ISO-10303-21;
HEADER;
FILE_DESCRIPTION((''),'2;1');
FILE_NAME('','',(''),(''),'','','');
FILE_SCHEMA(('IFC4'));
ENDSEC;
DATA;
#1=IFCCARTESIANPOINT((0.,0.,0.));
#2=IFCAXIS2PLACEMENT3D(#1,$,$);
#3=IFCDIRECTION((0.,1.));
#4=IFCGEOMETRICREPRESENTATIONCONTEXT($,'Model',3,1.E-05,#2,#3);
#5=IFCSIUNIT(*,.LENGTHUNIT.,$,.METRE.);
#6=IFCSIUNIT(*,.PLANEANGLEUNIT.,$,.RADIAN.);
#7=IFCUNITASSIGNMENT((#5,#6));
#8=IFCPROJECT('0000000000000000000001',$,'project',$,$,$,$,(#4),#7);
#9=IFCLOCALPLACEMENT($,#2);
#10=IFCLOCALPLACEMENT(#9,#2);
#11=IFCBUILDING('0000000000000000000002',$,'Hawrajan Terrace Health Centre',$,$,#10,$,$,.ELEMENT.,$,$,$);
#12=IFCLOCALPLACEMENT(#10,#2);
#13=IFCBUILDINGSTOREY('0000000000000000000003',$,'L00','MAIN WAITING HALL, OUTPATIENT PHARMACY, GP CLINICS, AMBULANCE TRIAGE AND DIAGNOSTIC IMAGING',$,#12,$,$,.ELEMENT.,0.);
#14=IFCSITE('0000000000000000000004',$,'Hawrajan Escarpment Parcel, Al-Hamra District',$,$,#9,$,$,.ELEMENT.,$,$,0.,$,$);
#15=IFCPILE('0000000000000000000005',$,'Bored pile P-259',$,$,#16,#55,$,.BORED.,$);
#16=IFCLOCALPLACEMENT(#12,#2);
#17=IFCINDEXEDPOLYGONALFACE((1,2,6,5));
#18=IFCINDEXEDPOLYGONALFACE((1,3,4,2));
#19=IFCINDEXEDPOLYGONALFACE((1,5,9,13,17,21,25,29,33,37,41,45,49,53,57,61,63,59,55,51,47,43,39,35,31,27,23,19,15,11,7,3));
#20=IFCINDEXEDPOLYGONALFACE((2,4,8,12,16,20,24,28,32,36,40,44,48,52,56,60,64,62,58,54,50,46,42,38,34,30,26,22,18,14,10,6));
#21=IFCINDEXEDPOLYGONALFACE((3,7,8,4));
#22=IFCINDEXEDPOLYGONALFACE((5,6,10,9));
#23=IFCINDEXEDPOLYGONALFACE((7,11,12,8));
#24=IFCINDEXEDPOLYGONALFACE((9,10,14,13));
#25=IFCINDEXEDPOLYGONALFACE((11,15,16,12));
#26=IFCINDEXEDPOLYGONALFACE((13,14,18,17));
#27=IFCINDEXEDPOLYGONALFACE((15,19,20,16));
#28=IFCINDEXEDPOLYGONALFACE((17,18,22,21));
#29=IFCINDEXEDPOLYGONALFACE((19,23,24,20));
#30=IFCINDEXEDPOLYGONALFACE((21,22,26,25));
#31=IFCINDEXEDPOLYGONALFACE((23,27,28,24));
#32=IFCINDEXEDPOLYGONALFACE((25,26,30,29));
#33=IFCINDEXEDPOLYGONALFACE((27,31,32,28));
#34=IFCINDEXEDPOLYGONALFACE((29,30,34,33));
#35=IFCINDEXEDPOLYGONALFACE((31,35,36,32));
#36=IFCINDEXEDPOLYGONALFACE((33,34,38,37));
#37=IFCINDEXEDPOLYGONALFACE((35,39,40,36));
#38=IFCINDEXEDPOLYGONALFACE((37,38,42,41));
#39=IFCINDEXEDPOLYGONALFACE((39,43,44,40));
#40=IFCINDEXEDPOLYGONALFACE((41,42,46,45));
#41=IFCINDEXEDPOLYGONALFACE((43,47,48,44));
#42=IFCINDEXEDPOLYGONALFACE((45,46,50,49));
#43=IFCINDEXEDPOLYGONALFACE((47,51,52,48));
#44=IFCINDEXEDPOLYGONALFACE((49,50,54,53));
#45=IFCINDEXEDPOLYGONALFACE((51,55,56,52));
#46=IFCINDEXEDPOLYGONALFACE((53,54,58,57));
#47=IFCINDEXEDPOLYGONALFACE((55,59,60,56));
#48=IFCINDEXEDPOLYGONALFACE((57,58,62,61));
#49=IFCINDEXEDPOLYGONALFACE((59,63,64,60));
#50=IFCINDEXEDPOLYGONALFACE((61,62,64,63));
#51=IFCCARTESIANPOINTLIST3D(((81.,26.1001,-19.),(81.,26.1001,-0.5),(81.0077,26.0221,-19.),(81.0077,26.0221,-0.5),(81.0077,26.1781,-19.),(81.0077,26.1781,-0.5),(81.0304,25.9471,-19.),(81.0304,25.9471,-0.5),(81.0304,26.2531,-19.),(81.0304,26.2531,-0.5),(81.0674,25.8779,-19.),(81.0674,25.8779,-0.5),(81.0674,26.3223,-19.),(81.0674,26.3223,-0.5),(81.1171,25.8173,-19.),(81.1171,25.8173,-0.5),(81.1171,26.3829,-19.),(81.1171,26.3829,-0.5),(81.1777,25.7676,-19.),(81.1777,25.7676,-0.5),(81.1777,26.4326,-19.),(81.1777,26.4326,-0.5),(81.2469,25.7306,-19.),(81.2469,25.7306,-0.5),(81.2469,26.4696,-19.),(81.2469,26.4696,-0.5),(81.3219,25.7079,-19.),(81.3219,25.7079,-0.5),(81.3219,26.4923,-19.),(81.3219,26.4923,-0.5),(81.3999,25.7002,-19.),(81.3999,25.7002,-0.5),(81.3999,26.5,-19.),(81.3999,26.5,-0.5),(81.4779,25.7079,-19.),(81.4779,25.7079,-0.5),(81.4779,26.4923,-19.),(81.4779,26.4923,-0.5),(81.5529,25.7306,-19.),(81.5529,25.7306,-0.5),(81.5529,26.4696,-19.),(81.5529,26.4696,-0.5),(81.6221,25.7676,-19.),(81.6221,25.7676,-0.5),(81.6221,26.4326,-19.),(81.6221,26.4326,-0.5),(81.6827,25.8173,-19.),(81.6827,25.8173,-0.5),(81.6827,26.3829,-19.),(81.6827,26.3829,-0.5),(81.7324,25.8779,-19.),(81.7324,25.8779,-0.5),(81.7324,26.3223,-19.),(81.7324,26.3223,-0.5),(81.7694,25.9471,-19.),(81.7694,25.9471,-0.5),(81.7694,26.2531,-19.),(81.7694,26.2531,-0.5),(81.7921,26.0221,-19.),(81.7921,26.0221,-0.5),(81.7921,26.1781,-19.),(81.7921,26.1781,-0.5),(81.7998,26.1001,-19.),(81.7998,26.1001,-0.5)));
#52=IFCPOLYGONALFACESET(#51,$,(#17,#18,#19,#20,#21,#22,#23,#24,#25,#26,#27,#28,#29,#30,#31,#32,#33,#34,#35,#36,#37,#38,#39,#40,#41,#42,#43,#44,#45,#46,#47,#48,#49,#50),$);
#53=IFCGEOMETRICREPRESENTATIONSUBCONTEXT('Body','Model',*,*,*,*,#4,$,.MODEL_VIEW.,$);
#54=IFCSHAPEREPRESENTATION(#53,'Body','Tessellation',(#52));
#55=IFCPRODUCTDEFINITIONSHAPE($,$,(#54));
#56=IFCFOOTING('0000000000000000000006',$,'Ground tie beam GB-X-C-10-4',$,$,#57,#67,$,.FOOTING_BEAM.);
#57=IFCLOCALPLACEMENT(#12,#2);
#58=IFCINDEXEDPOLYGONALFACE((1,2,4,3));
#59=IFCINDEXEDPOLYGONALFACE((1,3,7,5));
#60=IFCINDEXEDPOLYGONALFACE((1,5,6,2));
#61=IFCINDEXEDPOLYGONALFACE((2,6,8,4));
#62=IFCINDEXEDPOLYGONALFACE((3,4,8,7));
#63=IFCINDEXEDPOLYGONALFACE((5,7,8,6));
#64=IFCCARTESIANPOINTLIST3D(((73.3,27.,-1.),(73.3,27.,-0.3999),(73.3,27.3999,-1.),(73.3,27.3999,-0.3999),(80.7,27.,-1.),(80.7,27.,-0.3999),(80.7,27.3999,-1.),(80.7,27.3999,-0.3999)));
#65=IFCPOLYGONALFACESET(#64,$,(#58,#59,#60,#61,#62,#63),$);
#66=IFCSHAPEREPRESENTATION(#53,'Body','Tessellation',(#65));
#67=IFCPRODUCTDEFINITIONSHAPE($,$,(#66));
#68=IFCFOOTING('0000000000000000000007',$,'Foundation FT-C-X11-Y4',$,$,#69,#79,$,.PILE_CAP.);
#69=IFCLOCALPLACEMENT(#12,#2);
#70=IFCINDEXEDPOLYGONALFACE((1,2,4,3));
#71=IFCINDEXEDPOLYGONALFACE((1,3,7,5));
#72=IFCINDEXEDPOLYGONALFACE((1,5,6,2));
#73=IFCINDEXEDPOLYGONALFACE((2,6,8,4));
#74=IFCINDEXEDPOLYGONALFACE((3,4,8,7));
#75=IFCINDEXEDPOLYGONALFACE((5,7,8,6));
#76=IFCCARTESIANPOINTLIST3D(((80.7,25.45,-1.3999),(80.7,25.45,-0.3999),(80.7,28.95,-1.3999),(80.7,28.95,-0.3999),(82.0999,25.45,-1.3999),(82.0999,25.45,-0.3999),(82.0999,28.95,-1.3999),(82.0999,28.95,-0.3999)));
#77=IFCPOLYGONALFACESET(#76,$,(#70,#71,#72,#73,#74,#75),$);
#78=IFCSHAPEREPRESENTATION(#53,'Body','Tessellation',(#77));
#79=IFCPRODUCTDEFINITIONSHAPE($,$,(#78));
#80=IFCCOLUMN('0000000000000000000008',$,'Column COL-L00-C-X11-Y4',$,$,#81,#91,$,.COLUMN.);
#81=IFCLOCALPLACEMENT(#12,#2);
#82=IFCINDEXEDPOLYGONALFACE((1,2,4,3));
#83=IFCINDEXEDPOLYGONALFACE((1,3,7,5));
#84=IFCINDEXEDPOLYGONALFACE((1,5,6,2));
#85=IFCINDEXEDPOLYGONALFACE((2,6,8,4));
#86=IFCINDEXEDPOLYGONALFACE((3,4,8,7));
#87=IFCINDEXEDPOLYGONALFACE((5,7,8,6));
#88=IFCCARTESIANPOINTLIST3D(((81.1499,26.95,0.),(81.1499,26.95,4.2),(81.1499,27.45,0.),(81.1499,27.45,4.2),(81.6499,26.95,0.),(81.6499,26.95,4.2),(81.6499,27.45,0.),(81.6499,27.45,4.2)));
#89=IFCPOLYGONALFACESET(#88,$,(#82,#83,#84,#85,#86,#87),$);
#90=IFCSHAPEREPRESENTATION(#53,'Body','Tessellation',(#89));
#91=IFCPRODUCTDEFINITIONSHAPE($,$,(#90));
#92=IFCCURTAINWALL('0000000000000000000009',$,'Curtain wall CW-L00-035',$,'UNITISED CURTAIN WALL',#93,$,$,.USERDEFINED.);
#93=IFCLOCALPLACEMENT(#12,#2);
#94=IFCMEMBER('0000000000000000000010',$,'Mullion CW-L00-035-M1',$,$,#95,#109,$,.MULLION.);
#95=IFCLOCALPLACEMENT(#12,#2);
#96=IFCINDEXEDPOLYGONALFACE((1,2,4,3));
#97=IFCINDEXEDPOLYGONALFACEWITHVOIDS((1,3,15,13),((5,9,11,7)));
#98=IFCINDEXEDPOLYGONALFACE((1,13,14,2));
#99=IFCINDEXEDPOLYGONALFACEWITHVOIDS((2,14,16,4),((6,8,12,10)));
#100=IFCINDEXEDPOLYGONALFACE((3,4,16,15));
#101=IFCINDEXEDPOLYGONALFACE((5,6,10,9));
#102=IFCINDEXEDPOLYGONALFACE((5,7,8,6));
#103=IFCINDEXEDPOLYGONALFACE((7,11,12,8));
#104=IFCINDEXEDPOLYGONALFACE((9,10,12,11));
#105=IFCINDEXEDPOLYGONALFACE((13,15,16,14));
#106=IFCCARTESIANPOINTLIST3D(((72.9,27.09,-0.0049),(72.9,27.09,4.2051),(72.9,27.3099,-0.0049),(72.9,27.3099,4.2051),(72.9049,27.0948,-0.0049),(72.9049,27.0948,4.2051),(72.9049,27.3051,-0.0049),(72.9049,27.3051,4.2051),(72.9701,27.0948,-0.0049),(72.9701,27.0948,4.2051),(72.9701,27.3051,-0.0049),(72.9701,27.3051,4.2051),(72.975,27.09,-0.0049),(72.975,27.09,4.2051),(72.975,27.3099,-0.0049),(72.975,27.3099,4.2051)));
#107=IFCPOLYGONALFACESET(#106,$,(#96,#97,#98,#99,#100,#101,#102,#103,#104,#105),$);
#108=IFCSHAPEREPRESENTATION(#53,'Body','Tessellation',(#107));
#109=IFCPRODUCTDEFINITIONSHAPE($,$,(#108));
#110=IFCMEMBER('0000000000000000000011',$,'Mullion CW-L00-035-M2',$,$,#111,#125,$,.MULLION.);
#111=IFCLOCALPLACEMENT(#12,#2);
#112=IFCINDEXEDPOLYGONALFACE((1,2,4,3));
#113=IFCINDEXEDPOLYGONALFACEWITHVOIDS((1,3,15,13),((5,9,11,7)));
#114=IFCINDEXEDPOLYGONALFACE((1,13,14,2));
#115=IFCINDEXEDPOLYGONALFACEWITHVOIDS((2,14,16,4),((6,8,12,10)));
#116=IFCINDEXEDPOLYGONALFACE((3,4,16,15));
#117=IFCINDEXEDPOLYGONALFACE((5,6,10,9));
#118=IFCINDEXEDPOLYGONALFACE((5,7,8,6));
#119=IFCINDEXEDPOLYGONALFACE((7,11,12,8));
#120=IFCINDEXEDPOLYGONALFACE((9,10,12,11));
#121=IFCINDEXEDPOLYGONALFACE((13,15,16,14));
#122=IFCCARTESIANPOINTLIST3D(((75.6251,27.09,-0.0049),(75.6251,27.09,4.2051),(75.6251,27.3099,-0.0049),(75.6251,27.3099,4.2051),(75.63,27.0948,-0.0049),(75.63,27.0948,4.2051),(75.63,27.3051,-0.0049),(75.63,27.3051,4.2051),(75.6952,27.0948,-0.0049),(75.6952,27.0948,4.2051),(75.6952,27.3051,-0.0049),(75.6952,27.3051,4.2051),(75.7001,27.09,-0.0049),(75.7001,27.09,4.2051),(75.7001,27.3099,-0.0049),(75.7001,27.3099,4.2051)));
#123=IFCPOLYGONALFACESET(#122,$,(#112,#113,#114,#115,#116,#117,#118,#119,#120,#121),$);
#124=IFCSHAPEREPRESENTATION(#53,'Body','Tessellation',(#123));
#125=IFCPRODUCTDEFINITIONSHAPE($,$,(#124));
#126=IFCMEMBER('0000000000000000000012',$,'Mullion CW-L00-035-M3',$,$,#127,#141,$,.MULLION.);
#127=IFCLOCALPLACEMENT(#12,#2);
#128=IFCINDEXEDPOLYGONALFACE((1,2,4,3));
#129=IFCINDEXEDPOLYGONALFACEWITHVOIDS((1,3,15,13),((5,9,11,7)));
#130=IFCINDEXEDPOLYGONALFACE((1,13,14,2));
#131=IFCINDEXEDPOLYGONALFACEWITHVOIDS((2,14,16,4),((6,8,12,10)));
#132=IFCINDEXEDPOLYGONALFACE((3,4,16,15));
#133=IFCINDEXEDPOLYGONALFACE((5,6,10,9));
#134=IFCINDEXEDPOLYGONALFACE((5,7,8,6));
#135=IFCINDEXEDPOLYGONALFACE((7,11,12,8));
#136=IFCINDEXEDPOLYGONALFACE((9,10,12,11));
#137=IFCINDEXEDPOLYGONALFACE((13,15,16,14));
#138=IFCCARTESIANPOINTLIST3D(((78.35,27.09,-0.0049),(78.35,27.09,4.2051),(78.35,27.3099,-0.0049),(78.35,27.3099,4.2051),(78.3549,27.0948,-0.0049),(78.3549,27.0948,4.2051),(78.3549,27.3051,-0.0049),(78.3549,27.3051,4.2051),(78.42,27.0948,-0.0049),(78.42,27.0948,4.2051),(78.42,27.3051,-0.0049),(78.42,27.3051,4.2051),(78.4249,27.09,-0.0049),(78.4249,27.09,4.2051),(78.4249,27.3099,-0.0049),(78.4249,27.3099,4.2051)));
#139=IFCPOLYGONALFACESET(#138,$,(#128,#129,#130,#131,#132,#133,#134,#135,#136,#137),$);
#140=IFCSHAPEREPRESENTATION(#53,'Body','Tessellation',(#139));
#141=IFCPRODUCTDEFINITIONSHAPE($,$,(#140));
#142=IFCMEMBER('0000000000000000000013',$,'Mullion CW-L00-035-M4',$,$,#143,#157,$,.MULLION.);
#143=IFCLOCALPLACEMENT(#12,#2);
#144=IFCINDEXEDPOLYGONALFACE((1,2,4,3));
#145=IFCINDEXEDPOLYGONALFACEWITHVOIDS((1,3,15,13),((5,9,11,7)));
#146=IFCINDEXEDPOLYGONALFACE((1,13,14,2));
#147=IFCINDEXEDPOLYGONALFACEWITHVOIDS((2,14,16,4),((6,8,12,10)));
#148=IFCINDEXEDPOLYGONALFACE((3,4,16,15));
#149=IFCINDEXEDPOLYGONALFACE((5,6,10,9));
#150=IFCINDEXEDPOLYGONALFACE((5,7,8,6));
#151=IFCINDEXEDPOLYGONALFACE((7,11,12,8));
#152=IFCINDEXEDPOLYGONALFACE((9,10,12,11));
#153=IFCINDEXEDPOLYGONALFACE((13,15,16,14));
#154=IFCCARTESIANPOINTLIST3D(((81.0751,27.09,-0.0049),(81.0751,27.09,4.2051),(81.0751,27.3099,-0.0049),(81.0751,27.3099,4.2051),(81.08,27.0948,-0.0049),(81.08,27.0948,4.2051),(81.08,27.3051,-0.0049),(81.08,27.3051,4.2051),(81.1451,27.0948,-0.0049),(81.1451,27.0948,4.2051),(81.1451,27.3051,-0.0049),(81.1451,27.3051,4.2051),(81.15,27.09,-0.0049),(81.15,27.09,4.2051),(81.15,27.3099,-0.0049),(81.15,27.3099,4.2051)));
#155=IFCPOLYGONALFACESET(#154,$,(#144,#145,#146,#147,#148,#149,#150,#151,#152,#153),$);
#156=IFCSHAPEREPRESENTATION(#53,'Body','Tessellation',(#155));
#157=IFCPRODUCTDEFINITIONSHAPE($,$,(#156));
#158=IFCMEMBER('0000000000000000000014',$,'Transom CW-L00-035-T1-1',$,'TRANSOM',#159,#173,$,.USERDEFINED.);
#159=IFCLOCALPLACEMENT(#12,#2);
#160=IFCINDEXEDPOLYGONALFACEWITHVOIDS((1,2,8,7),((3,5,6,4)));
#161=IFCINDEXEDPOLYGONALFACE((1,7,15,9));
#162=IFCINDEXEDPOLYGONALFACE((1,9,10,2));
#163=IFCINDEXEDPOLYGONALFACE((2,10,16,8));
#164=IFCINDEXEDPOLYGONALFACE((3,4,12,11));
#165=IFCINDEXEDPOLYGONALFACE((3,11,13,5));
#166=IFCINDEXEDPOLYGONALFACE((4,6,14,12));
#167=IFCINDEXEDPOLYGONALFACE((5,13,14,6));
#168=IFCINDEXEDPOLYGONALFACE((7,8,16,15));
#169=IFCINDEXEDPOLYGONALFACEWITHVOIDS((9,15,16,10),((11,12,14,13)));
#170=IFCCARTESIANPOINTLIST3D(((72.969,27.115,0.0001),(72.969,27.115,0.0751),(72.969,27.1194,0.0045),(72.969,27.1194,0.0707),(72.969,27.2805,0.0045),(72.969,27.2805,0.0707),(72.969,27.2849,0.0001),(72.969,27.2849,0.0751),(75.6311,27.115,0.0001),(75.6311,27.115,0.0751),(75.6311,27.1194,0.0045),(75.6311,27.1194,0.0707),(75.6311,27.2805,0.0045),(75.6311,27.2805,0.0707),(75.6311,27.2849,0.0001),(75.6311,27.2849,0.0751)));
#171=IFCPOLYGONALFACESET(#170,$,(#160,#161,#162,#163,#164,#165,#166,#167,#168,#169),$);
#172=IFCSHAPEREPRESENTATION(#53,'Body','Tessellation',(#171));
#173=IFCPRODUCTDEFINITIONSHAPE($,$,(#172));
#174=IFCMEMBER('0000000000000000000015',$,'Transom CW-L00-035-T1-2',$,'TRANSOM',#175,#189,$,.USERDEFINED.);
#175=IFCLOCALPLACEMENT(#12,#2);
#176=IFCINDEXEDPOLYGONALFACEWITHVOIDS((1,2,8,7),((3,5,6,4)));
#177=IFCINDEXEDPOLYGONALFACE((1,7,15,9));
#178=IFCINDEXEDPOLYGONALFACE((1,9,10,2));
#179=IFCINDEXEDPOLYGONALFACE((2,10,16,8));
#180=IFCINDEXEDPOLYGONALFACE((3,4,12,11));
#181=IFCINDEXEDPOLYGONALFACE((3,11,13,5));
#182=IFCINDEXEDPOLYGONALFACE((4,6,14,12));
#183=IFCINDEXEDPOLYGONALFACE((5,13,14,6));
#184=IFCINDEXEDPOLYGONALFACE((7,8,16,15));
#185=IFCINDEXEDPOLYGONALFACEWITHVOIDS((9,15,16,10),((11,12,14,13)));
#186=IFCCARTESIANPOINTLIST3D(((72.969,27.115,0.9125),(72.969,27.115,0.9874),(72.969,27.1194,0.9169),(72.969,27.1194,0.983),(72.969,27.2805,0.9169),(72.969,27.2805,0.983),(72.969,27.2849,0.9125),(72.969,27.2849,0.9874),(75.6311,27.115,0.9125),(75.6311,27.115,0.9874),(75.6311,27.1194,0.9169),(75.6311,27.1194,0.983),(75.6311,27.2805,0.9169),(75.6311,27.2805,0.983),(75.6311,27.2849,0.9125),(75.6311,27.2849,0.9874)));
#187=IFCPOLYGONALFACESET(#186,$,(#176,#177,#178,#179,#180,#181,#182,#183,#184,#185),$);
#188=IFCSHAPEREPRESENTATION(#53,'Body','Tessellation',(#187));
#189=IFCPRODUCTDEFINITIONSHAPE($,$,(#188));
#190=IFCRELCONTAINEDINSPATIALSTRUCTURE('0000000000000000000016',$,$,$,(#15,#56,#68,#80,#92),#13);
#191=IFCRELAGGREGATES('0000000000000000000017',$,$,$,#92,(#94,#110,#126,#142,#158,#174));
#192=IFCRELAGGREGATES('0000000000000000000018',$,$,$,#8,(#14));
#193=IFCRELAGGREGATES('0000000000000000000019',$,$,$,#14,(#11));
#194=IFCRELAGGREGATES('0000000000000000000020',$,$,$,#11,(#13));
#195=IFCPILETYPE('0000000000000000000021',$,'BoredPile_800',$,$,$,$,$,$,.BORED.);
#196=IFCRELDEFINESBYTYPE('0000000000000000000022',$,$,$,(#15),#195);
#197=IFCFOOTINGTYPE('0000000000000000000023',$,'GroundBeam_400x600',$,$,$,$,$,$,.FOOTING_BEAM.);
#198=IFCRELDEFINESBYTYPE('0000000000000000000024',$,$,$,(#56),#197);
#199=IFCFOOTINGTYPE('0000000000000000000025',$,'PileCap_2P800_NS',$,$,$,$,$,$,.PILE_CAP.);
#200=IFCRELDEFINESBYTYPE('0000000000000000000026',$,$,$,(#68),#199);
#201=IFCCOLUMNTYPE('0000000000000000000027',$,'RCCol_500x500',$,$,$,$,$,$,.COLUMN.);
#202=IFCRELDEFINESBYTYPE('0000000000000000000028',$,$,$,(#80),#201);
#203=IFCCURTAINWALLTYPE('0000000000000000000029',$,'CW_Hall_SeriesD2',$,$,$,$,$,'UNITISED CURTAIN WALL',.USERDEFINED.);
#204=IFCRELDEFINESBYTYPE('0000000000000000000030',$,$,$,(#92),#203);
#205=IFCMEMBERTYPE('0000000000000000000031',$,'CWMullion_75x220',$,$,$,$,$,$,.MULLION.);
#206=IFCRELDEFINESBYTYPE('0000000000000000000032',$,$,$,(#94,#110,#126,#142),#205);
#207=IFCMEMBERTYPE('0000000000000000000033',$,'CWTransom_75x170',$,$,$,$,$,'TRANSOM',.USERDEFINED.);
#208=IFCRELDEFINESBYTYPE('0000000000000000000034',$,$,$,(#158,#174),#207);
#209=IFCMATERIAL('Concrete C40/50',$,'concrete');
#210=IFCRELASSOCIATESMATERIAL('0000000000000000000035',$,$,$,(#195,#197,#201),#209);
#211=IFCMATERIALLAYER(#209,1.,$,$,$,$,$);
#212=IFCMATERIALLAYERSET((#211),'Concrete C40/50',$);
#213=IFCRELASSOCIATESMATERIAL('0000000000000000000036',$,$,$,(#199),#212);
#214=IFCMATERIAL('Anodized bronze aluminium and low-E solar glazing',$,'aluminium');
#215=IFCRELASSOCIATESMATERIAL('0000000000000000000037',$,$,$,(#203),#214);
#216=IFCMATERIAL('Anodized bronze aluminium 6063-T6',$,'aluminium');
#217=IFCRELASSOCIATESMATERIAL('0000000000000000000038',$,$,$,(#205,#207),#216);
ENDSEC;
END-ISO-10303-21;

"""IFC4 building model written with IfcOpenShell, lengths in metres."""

from ifc_helpers import new_model, si_unit, direction, frame, origin, origin_2d, place, context, subcontext, project, spatial, rectangle, hollow_rectangle, circle, extrude, material, layer, layer_set, material_profile, profile_set, type_object, element, aggregate, save


model = new_model("IFC4")

# Units and contexts
model_context = context("Model", 3, precision=1e-05, world=origin(), true_north=direction((0.0, 1.0)))
body_context = subcontext(model_context, "Body", "Model", "MODEL_VIEW")
ifc_project = project(units=[si_unit("LENGTHUNIT", "METRE"), si_unit("PLANEANGLEUNIT", "RADIAN")], contexts=[model_context])

# Site, building, storey
site_placement = place(None, origin())
site = spatial("IfcSite", under=ifc_project, at=site_placement, Name="Hawrajan Escarpment Parcel, Al-Hamra District", CompositionType="ELEMENT", RefElevation=0.0)
building_placement = place(site_placement, origin())
building = spatial("IfcBuilding", under=site, at=building_placement, Name="Hawrajan Terrace Health Centre", CompositionType="ELEMENT")
storey_placement = place(building_placement, origin())
storey = spatial("IfcBuildingStorey", under=building, at=storey_placement, Name="L00", Description="MAIN WAITING HALL, OUTPATIENT PHARMACY, GP CLINICS, AMBULANCE TRIAGE AND DIAGNOSTIC IMAGING", CompositionType="ELEMENT", Elevation=0.0)

# Pile
ifc_material_1 = material(Name="Concrete C40/50", Category="concrete")
ifc_material_profile_1 = material_profile(ifc_material_1, circle(Radius=0.3999, at=origin_2d()), Name="BP 800")
ifc_profile_set_1 = profile_set([ifc_material_profile_1], Name="Concrete C40/50")
pile_type = type_object("IfcPileType", Name="BoredPile_800", PredefinedType="BORED", material=ifc_profile_set_1)
pile_placement = place(storey_placement, frame((81.3999, 26.1001, -0.5), z_axis=(0.0, 0.0, -1.0), x_axis=(1.0, 0.0, 0.0)))
element("IfcPile", 1, at=pile_placement, inside=storey, type_object=pile_type, Name="Bored pile P-259", PredefinedType="BORED", context=body_context, shape_type="SweptSolid", body=[
    extrude(circle(Radius=0.3999, at=origin_2d()), origin(), (0.0, 0.0, 1.0), 18.5),
])

# Footings
ifc_material_profile_2 = material_profile(ifc_material_1, rectangle(XDim=0.3999, YDim=0.6001, at=origin_2d()), Name="RC BM 400x600")
ifc_profile_set_2 = profile_set([ifc_material_profile_2], Name="Concrete C40/50")
footing_type_1 = type_object("IfcFootingType", Name="GroundBeam_400x600", PredefinedType="FOOTING_BEAM", material=ifc_profile_set_2)
footing_1_placement = place(storey_placement, frame((73.3, 27.2, -0.7), z_axis=(1.0, 0.0, 0.0), x_axis=(0.0, 1.0, 0.0)))
element("IfcFooting", 2, at=footing_1_placement, inside=storey, type_object=footing_type_1, Name="Ground tie beam GB-X-C-10-4", PredefinedType="FOOTING_BEAM", context=body_context, shape_type="SweptSolid", body=[
    extrude(rectangle(XDim=0.3999, YDim=0.6001, at=origin_2d()), origin(), (0.0, 0.0, 1.0), 7.3999),
])
ifc_layer_1 = layer(ifc_material_1, 1.0)
ifc_layer_set_1 = layer_set([ifc_layer_1], Name="Concrete C40/50")
footing_type_2 = type_object("IfcFootingType", Name="PileCap_2P800_NS", PredefinedType="PILE_CAP", material=ifc_layer_set_1)
footing_2_placement = place(storey_placement, frame((81.3999, 27.2, -1.3999), z_axis=(0.0, 0.0, 1.0), x_axis=(1.0, 0.0, 0.0)))
element("IfcFooting", 3, at=footing_2_placement, inside=storey, type_object=footing_type_2, Name="Foundation FT-C-X11-Y4", PredefinedType="PILE_CAP", context=body_context, shape_type="SweptSolid", body=[
    extrude(rectangle(XDim=1.3999, YDim=3.5, at=origin_2d()), origin(), (0.0, 0.0, 1.0), 1.0),
])

# Column
ifc_material_profile_3 = material_profile(ifc_material_1, rectangle(XDim=0.5, YDim=0.5, at=origin_2d()), Name="RC 500x500")
ifc_profile_set_3 = profile_set([ifc_material_profile_3], Name="Concrete C40/50")
column_type = type_object("IfcColumnType", Name="RCCol_500x500", PredefinedType="COLUMN", material=ifc_profile_set_3)
column_placement = place(storey_placement, frame((81.3999, 27.2, 0.0), z_axis=(0.0, 0.0, 1.0), x_axis=(1.0, 0.0, 0.0)))
element("IfcColumn", 4, at=column_placement, inside=storey, type_object=column_type, Name="Column COL-L00-C-X11-Y4", PredefinedType="COLUMN", context=body_context, shape_type="SweptSolid", body=[
    extrude(rectangle(XDim=0.5, YDim=0.5, at=origin_2d()), origin(), (0.0, 0.0, 1.0), 4.2),
])

# Curtain wall, members
ifc_material_2 = material(Name="Anodized bronze aluminium and low-E solar glazing", Category="aluminium")
curtain_wall_type = type_object("IfcCurtainWallType", Name="CW_Hall_SeriesD2", ElementType="UNITISED CURTAIN WALL", PredefinedType="USERDEFINED", material=ifc_material_2)
curtain_wall_placement = place(storey_placement, origin())
curtain_wall = element("IfcCurtainWall", 5, at=curtain_wall_placement, inside=storey, type_object=curtain_wall_type, Name="Curtain wall CW-L00-035", ObjectType="UNITISED CURTAIN WALL", PredefinedType="USERDEFINED")
ifc_material_3 = material(Name="Anodized bronze aluminium 6063-T6", Category="aluminium")
ifc_material_profile_4 = material_profile(ifc_material_3, hollow_rectangle(XDim=0.075, YDim=0.22, WallThickness=0.0049, at=origin_2d()), Name="CW MUL 75x220")
ifc_profile_set_4 = profile_set([ifc_material_profile_4], Name="Anodized bronze aluminium 6063-T6")
member_type_1 = type_object("IfcMemberType", Name="CWMullion_75x220", PredefinedType="MULLION", material=ifc_profile_set_4)
member_1_placement = place(storey_placement, frame((72.9375, 27.2, -0.0049), z_axis=(0.0, 0.0, 1.0), x_axis=(1.0, 0.0, 0.0)))
member_1 = element("IfcMember", 6, at=member_1_placement, type_object=member_type_1, Name="Mullion CW-L00-035-M1", PredefinedType="MULLION", context=body_context, shape_type="SweptSolid", body=[
    extrude(hollow_rectangle(XDim=0.075, YDim=0.22, WallThickness=0.0049, at=origin_2d()), origin(), (0.0, 0.0, 1.0), 4.21),
])
member_2_placement = place(storey_placement, frame((75.6626, 27.2, -0.0049), z_axis=(0.0, 0.0, 1.0), x_axis=(1.0, 0.0, 0.0)))
member_2 = element("IfcMember", 7, at=member_2_placement, type_object=member_type_1, Name="Mullion CW-L00-035-M2", PredefinedType="MULLION", context=body_context, shape_type="SweptSolid", body=[
    extrude(hollow_rectangle(XDim=0.075, YDim=0.22, WallThickness=0.0049, at=origin_2d()), origin(), (0.0, 0.0, 1.0), 4.21),
])
member_3_placement = place(storey_placement, frame((78.3875, 27.2, -0.0049), z_axis=(0.0, 0.0, 1.0), x_axis=(1.0, 0.0, 0.0)))
member_3 = element("IfcMember", 8, at=member_3_placement, type_object=member_type_1, Name="Mullion CW-L00-035-M3", PredefinedType="MULLION", context=body_context, shape_type="SweptSolid", body=[
    extrude(hollow_rectangle(XDim=0.075, YDim=0.22, WallThickness=0.0049, at=origin_2d()), origin(), (0.0, 0.0, 1.0), 4.21),
])
member_4_placement = place(storey_placement, frame((81.1125, 27.2, -0.0049), z_axis=(0.0, 0.0, 1.0), x_axis=(1.0, 0.0, 0.0)))
member_4 = element("IfcMember", 9, at=member_4_placement, type_object=member_type_1, Name="Mullion CW-L00-035-M4", PredefinedType="MULLION", context=body_context, shape_type="SweptSolid", body=[
    extrude(hollow_rectangle(XDim=0.075, YDim=0.22, WallThickness=0.0049, at=origin_2d()), origin(), (0.0, 0.0, 1.0), 4.21),
])
ifc_material_profile_5 = material_profile(ifc_material_3, hollow_rectangle(XDim=0.075, YDim=0.1699, WallThickness=0.0044, at=origin_2d()), Name="CW TRN 75x170")
ifc_profile_set_5 = profile_set([ifc_material_profile_5], Name="Anodized bronze aluminium 6063-T6")
member_type_2 = type_object("IfcMemberType", Name="CWTransom_75x170", ElementType="TRANSOM", PredefinedType="USERDEFINED", material=ifc_profile_set_5)
member_5_placement = place(storey_placement, frame((72.969, 27.2, 0.0376), z_axis=(1.0, 0.0, 0.0), x_axis=(0.0, 0.0, 1.0)))
member_5 = element("IfcMember", 10, at=member_5_placement, type_object=member_type_2, Name="Transom CW-L00-035-T1-1", ObjectType="TRANSOM", PredefinedType="USERDEFINED", context=body_context, shape_type="SweptSolid", body=[
    extrude(hollow_rectangle(XDim=0.075, YDim=0.1699, WallThickness=0.0044, at=origin_2d()), origin(), (0.0, 0.0, 1.0), 2.6621),
])
member_6_placement = place(storey_placement, frame((72.969, 27.2, 0.95), z_axis=(1.0, 0.0, 0.0), x_axis=(0.0, 0.0, 1.0)))
member_6 = element("IfcMember", 11, at=member_6_placement, type_object=member_type_2, Name="Transom CW-L00-035-T1-2", ObjectType="TRANSOM", PredefinedType="USERDEFINED", context=body_context, shape_type="SweptSolid", body=[
    extrude(hollow_rectangle(XDim=0.075, YDim=0.1699, WallThickness=0.0044, at=origin_2d()), origin(), (0.0, 0.0, 1.0), 2.6621),
])
aggregate(curtain_wall, [member_1, member_2, member_3, member_4, member_5, member_6])

save(model, "model.ifc")
